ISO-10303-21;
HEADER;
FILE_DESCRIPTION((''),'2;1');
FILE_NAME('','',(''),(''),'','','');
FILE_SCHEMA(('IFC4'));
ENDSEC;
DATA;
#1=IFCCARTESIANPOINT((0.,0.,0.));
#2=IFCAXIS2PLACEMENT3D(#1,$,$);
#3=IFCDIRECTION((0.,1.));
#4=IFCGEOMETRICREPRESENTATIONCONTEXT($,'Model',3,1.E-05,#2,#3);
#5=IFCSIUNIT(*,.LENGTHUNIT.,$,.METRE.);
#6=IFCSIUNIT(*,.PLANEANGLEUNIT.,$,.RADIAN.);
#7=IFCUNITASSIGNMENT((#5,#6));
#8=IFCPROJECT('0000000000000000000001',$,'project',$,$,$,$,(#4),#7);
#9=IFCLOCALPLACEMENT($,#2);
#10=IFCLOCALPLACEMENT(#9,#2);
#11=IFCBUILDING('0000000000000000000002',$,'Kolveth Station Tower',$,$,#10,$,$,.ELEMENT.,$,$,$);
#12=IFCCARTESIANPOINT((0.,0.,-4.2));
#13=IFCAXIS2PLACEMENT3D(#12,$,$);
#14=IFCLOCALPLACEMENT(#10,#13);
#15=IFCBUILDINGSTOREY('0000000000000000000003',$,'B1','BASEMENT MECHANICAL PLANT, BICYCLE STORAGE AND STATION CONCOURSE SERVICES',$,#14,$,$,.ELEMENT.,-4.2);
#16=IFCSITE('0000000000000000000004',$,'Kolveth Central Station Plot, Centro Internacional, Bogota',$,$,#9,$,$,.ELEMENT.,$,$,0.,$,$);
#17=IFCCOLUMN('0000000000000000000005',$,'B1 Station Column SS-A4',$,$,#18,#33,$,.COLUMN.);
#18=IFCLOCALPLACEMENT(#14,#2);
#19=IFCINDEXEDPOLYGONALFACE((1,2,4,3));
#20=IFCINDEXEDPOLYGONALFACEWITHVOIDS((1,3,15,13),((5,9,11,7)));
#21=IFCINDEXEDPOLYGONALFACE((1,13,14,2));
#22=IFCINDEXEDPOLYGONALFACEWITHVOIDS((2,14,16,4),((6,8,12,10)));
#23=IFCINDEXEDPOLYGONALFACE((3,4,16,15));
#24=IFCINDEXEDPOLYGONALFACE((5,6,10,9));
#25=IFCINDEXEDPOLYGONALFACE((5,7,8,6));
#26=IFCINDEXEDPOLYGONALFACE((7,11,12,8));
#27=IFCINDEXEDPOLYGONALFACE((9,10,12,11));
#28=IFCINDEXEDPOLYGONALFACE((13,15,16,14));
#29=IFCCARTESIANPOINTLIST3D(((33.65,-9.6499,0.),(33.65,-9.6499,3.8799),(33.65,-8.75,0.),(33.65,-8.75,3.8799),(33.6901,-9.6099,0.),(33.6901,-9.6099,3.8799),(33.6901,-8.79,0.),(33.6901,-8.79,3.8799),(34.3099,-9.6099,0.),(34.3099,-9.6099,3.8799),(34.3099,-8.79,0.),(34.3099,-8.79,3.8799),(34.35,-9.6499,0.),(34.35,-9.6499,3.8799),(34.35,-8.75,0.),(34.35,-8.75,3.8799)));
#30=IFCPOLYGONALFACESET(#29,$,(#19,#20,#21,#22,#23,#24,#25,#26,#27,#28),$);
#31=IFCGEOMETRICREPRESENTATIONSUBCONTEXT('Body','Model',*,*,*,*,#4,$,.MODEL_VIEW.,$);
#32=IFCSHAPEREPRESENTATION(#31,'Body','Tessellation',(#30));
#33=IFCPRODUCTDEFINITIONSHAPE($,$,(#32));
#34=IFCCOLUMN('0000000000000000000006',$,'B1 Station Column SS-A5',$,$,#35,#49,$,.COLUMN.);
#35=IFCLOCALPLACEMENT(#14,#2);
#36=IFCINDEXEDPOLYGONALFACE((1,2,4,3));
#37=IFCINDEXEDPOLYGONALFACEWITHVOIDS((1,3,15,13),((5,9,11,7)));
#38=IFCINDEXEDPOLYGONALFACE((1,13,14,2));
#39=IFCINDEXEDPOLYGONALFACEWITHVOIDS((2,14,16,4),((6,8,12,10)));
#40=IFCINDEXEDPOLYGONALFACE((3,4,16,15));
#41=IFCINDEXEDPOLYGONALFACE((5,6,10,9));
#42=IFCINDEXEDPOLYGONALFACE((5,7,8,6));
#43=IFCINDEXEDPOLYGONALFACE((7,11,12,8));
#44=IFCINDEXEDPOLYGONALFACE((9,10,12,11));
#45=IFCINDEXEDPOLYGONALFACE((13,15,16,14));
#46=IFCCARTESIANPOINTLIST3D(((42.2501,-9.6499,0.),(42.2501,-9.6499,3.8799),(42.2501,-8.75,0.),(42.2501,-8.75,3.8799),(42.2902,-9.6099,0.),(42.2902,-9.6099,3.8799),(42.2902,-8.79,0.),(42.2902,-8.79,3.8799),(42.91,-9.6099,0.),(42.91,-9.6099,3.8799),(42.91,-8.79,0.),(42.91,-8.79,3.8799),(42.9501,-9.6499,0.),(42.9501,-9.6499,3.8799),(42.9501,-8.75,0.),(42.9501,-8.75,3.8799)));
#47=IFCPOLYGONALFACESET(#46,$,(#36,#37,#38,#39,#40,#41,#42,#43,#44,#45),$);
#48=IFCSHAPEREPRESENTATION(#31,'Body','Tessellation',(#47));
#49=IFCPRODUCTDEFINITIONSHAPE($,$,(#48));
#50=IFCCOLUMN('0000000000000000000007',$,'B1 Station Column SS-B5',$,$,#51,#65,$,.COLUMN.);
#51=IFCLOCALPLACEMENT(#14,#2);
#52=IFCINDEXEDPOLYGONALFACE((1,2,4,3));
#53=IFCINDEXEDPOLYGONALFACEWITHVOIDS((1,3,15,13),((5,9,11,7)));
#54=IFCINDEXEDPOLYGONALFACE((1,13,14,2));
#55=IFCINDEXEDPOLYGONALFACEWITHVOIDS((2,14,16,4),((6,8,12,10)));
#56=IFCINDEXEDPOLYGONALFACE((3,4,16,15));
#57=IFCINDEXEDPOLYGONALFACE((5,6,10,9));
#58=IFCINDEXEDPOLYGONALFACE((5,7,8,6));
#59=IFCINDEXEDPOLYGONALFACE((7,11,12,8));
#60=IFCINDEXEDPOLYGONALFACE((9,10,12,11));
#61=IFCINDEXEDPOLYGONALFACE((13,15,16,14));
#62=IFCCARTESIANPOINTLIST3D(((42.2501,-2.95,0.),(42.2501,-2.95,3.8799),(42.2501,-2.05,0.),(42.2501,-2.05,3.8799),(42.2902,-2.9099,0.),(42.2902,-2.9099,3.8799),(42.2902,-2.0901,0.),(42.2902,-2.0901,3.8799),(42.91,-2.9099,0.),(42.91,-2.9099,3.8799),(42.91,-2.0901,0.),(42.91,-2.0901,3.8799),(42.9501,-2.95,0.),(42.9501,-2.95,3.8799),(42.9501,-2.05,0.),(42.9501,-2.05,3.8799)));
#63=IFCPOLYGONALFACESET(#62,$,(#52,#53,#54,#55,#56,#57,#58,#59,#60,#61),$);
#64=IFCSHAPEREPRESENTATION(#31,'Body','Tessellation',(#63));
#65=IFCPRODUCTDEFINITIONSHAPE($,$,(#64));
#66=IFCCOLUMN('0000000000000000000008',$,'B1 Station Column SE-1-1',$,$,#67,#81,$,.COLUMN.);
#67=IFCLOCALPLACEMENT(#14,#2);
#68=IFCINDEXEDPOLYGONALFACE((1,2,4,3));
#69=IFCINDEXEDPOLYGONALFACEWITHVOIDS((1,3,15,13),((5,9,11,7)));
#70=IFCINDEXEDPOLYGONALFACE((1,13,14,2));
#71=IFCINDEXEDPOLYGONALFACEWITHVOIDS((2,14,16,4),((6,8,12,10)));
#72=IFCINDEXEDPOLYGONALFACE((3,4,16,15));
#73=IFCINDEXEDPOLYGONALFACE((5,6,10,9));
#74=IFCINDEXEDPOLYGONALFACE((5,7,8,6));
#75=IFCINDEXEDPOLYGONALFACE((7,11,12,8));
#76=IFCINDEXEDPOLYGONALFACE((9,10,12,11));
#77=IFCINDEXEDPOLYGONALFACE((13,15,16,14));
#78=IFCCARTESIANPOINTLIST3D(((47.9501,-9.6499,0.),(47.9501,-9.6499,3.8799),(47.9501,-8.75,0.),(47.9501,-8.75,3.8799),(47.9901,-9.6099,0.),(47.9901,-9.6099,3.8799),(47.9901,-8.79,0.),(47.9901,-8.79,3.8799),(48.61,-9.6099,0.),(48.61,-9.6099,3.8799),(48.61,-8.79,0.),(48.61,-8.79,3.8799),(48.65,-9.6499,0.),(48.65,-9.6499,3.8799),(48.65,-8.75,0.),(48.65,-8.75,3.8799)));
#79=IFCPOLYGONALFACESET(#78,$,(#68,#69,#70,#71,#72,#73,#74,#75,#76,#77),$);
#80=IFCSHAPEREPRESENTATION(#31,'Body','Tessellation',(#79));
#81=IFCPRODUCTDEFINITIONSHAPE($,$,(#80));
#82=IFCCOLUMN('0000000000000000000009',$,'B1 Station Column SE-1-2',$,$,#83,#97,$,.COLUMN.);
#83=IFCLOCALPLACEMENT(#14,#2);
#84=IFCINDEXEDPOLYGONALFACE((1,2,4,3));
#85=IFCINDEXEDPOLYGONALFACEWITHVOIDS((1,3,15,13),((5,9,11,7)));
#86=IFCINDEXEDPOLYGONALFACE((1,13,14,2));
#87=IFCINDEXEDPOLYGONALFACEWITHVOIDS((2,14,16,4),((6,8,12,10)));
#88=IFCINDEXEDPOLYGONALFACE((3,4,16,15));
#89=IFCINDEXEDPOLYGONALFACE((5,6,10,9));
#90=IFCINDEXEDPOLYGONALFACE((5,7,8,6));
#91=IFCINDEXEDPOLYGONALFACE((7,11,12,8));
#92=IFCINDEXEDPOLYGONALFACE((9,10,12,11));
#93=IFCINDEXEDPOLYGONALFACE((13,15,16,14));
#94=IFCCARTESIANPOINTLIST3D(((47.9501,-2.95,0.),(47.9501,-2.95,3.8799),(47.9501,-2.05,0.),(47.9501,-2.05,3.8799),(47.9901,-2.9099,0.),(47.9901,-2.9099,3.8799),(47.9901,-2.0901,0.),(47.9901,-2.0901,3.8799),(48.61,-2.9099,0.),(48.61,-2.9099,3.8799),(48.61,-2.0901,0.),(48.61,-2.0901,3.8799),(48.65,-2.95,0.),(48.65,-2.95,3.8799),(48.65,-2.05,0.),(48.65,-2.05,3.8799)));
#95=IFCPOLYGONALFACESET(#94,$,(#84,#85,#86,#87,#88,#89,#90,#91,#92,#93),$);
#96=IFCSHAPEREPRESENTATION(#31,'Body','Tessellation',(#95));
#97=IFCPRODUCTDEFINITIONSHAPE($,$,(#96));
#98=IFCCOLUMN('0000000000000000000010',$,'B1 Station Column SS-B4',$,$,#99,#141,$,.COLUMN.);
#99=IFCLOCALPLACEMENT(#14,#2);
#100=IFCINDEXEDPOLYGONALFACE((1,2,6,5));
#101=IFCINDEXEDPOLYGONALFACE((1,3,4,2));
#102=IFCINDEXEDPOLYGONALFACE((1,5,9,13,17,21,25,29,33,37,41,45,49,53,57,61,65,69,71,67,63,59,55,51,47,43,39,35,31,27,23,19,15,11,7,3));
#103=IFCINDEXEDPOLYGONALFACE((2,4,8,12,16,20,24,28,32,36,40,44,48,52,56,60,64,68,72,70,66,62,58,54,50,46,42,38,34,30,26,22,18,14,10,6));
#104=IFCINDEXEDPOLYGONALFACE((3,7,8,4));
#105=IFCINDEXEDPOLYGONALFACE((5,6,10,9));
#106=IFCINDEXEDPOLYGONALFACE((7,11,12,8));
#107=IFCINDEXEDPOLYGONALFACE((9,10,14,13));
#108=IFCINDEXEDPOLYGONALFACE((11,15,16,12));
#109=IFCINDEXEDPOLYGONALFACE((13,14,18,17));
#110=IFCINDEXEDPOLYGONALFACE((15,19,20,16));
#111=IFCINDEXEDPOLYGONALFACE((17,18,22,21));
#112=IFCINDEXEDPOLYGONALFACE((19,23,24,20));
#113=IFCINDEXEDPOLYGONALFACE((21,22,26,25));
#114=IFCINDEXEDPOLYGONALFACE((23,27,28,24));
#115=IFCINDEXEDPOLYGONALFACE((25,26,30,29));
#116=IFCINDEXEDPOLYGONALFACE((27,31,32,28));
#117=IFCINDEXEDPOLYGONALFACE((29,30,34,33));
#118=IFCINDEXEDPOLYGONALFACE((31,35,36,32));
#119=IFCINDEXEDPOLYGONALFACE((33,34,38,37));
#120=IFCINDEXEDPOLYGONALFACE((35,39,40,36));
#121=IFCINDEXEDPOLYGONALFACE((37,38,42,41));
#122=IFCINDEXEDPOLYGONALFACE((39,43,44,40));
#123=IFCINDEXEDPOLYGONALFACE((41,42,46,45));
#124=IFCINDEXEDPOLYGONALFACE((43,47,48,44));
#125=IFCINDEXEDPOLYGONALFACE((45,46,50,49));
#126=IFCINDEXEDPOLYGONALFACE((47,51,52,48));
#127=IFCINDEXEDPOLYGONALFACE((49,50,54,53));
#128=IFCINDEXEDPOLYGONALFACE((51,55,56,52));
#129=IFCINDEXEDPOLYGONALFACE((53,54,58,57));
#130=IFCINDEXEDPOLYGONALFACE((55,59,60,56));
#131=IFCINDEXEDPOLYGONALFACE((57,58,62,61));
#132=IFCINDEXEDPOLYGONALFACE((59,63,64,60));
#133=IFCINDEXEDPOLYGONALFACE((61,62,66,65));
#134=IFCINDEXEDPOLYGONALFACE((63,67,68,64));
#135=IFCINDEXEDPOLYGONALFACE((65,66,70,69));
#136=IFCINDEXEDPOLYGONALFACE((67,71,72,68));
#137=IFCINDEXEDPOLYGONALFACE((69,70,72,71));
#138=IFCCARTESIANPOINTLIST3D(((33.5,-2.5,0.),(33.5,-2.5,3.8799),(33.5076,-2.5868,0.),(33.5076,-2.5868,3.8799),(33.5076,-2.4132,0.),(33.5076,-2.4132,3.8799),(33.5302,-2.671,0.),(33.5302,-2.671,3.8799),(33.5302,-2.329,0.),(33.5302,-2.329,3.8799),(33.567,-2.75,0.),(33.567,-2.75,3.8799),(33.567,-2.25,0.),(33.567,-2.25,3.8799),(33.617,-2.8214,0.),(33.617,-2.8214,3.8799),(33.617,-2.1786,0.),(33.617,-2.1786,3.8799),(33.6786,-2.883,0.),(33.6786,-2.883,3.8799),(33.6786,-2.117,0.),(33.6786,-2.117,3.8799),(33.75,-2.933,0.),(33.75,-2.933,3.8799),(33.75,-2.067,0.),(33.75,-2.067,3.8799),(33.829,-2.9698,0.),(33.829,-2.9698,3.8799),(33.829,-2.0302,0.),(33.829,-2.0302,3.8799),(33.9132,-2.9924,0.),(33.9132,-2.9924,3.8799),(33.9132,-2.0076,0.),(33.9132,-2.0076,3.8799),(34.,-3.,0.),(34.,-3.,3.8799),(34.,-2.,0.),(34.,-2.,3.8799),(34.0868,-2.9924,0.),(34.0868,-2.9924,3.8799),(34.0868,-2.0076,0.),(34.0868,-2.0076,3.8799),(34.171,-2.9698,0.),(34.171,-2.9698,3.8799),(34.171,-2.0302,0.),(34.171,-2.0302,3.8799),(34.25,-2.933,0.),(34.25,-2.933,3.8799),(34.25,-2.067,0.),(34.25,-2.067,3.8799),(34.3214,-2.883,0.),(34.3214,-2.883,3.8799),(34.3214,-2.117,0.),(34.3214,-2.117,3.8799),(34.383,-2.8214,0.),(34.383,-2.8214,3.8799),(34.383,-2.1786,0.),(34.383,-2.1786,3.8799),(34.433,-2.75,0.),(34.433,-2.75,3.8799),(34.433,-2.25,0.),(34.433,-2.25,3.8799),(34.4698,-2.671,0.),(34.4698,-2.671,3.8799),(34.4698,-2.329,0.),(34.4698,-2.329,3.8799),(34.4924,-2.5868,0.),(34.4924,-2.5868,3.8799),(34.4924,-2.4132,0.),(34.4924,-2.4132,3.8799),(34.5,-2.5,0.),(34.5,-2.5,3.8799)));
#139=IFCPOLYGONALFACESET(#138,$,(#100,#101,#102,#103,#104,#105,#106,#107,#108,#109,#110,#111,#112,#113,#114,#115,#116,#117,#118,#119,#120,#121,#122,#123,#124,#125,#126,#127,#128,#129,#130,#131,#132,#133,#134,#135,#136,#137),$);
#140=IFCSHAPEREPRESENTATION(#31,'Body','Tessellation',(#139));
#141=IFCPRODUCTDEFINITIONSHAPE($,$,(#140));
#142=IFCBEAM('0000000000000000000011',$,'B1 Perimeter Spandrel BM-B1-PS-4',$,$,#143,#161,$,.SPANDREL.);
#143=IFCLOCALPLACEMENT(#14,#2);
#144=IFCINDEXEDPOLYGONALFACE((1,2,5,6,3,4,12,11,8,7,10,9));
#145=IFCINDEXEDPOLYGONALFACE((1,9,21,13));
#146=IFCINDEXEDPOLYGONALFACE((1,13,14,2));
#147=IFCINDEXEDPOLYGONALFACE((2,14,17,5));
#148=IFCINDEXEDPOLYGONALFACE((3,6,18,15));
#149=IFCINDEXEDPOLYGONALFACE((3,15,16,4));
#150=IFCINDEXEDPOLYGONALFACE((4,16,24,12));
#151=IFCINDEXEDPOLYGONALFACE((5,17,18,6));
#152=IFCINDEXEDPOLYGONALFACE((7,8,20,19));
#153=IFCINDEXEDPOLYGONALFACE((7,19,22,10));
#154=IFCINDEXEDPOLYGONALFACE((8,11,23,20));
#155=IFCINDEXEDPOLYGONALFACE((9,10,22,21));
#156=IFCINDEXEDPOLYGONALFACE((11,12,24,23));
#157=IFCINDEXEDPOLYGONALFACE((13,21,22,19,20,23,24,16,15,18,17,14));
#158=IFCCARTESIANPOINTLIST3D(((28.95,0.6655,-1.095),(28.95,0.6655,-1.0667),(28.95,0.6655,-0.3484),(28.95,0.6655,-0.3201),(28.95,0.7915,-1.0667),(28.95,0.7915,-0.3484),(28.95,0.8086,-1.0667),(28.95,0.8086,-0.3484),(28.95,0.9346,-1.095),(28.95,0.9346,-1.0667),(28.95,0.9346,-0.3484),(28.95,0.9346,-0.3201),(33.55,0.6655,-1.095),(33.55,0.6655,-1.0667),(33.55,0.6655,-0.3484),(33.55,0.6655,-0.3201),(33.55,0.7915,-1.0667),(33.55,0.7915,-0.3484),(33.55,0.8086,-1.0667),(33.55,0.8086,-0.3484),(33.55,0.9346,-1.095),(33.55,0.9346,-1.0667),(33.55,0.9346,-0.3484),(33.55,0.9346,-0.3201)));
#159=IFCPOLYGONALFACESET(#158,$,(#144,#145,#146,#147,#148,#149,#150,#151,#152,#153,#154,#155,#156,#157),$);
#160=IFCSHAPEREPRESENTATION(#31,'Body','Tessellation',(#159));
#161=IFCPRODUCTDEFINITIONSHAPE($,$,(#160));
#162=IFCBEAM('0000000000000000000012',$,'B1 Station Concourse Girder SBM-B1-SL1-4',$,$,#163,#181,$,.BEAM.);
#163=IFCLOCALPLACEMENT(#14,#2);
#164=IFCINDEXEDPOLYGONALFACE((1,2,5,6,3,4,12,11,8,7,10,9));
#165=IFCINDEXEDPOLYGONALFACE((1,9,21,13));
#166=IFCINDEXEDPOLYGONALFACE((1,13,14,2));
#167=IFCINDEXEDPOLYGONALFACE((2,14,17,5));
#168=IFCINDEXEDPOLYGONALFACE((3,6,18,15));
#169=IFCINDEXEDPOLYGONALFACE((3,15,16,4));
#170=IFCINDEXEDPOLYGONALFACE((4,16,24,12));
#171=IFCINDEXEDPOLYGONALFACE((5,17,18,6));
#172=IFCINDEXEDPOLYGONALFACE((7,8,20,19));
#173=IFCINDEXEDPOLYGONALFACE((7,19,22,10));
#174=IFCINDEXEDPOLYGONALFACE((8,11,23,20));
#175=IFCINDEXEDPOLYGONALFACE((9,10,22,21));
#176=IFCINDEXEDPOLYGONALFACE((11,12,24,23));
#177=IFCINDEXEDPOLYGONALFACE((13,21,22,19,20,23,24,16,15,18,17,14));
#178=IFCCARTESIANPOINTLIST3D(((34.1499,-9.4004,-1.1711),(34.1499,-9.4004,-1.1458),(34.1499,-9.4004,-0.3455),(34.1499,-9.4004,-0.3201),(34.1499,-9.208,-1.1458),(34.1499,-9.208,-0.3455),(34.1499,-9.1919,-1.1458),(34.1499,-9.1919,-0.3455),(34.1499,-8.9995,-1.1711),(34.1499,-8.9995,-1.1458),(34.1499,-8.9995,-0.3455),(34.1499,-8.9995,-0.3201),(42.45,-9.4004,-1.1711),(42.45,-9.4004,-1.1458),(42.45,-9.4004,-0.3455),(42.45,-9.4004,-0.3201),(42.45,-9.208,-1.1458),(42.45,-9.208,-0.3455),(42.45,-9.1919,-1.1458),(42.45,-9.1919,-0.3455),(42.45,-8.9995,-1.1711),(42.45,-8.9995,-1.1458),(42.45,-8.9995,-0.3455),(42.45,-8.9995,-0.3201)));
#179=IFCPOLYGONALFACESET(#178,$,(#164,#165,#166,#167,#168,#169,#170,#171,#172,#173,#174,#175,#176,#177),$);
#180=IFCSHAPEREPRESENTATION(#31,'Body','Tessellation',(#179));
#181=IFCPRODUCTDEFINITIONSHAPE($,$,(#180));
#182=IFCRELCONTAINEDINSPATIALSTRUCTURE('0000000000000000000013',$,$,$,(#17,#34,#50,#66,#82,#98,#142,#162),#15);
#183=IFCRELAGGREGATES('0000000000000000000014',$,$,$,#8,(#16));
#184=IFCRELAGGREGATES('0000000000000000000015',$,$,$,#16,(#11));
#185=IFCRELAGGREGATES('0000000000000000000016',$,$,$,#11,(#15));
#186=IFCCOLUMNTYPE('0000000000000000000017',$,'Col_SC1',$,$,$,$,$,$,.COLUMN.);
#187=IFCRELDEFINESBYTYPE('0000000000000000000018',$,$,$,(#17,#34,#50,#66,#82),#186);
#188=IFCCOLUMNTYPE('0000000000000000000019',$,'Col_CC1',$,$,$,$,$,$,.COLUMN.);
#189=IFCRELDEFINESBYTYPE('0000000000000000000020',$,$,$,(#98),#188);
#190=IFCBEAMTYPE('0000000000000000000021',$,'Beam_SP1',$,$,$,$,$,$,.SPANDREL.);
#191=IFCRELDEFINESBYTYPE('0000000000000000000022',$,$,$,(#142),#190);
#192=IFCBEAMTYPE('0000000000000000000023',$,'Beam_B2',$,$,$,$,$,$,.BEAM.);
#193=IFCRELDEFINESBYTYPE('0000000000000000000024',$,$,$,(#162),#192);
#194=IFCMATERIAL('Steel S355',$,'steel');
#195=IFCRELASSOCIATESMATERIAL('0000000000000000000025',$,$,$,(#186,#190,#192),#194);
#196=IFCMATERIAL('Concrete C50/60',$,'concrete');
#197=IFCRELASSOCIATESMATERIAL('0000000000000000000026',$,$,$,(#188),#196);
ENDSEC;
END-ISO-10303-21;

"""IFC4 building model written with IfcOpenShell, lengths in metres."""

from ifc_helpers import new_model, si_unit, direction, frame, origin, origin_2d, place, context, subcontext, project, spatial, hollow_rectangle, circle, i_section, extrude, source, transform, mapped, material, material_profile, profile_set, type_object, element, save


model = new_model("IFC4")

# Units and contexts
model_context = context("Model", 3, precision=1e-05, world=origin(), true_north=direction((0.0, 1.0)))
body_context = subcontext(model_context, "Body", "Model", "MODEL_VIEW")
ifc_project = project(units=[si_unit("LENGTHUNIT", "METRE"), si_unit("PLANEANGLEUNIT", "RADIAN")], contexts=[model_context])

# Site, building, storey
site_placement = place(None, origin())
site = spatial("IfcSite", under=ifc_project, at=site_placement, Name="Kolveth Central Station Plot, Centro Internacional, Bogota", CompositionType="ELEMENT", RefElevation=0.0)
building_placement = place(site_placement, origin())
building = spatial("IfcBuilding", under=site, at=building_placement, Name="Kolveth Station Tower", CompositionType="ELEMENT")
storey_placement = place(building_placement, frame((0.0, 0.0, -4.2)))
storey = spatial("IfcBuildingStorey", under=building, at=storey_placement, Name="B1", Description="BASEMENT MECHANICAL PLANT, BICYCLE STORAGE AND STATION CONCOURSE SERVICES", CompositionType="ELEMENT", Elevation=-4.2)

# Columns
ifc_material_1 = material(Name="Steel S355", Category="steel")
ifc_material_profile_1 = material_profile(ifc_material_1, hollow_rectangle(XDim=0.7, YDim=0.8999, WallThickness=0.04, at=origin_2d()), Name="BOX900x700x40")
ifc_profile_set_1 = profile_set([ifc_material_profile_1], Name="Steel S355")
column_type_1 = type_object("IfcColumnType", Name="Col_SC1", PredefinedType="COLUMN", material=ifc_profile_set_1)
shared_shape_1 = source(origin(), body_context, "Body", "SweptSolid", [
    extrude(hollow_rectangle(XDim=0.7, YDim=0.8999, WallThickness=0.04, at=origin_2d()), origin(), (0.0, 0.0, 1.0), 3.8799),
])
for number, where, z_axis, x_axis, name in (
    (1, (34.0, -9.2, 0.0), (0.0, 0.0, 1.0), (1.0, 0.0, 0.0), "B1 Station Column SS-A4"),
    (2, (42.6001, -9.2, 0.0), (0.0, 0.0, 1.0), (1.0, 0.0, 0.0), "B1 Station Column SS-A5"),
    (3, (42.6001, -2.5, 0.0), (0.0, 0.0, 1.0), (1.0, 0.0, 0.0), "B1 Station Column SS-B5"),
    (4, (48.3, -9.2, 0.0), (0.0, 0.0, 1.0), (1.0, 0.0, 0.0), "B1 Station Column SE-1-1"),
    (5, (48.3, -2.5, 0.0), (0.0, 0.0, 1.0), (1.0, 0.0, 0.0), "B1 Station Column SE-1-2"),
):
    element("IfcColumn", number, at=place(storey_placement, frame(where, z_axis=z_axis, x_axis=x_axis)), inside=storey, type_object=column_type_1, Name=name, PredefinedType="COLUMN", context=body_context, shape_type="MappedRepresentation", body=[
        mapped(shared_shape_1, transform((0.0, 0.0, 0.0), x_axis=(1.0, 0.0, 0.0), y_axis=(0.0, 1.0, 0.0), z_axis=(0.0, 0.0, 1.0), scale=1.0)),
    ])
ifc_material_2 = material(Name="Concrete C50/60", Category="concrete")
ifc_material_profile_2 = material_profile(ifc_material_2, circle(Radius=0.5, at=origin_2d()), Name="RC-D1000")
ifc_profile_set_2 = profile_set([ifc_material_profile_2], Name="Concrete C50/60")
column_type_2 = type_object("IfcColumnType", Name="Col_CC1", PredefinedType="COLUMN", material=ifc_profile_set_2)
shared_shape_2 = source(origin(), body_context, "Body", "SweptSolid", [
    extrude(circle(Radius=0.5, at=origin_2d()), origin(), (0.0, 0.0, 1.0), 3.8799),
])
column_placement = place(storey_placement, frame((34.0, -2.5, 0.0), z_axis=(0.0, 0.0, 1.0), x_axis=(1.0, 0.0, 0.0)))
element("IfcColumn", 6, at=column_placement, inside=storey, type_object=column_type_2, Name="B1 Station Column SS-B4", PredefinedType="COLUMN", context=body_context, shape_type="MappedRepresentation", body=[
    mapped(shared_shape_2, transform((0.0, 0.0, 0.0), x_axis=(1.0, 0.0, 0.0), y_axis=(0.0, 1.0, 0.0), z_axis=(0.0, 0.0, 1.0), scale=1.0)),
])

# Beams
ifc_material_profile_3 = material_profile(ifc_material_1, i_section(OverallWidth=0.269, OverallDepth=0.7749, WebThickness=0.0171, FlangeThickness=0.0283, at=origin_2d()), Name="W760x220")
ifc_profile_set_3 = profile_set([ifc_material_profile_3], Name="Steel S355")
beam_type_1 = type_object("IfcBeamType", Name="Beam_SP1", PredefinedType="SPANDREL", material=ifc_profile_set_3)
shared_shape_3 = source(origin(), body_context, "Body", "SweptSolid", [
    extrude(i_section(OverallWidth=0.269, OverallDepth=0.7749, WebThickness=0.0171, FlangeThickness=0.0283, at=origin_2d()), origin(), (0.0, 0.0, 1.0), 4.6001),
])
beam_1_placement = place(storey_placement, frame((28.95, 0.8, -0.7075), z_axis=(1.0, 0.0, 0.0), x_axis=(0.0, 1.0, 0.0)))
element("IfcBeam", 7, at=beam_1_placement, inside=storey, type_object=beam_type_1, Name="B1 Perimeter Spandrel BM-B1-PS-4", PredefinedType="SPANDREL", context=body_context, shape_type="MappedRepresentation", body=[
    mapped(shared_shape_3, transform((0.0, 0.0, 0.0), x_axis=(1.0, 0.0, 0.0), y_axis=(0.0, 1.0, 0.0), z_axis=(0.0, 0.0, 1.0), scale=1.0)),
])
ifc_material_profile_4 = material_profile(ifc_material_1, i_section(OverallWidth=0.4009, OverallDepth=0.8511, WebThickness=0.0161, FlangeThickness=0.0254, at=origin_2d()), Name="W840x226")
ifc_profile_set_4 = profile_set([ifc_material_profile_4], Name="Steel S355")
beam_type_2 = type_object("IfcBeamType", Name="Beam_B2", PredefinedType="BEAM", material=ifc_profile_set_4)
shared_shape_4 = source(origin(), body_context, "Body", "SweptSolid", [
    extrude(i_section(OverallWidth=0.4009, OverallDepth=0.8511, WebThickness=0.0161, FlangeThickness=0.0254, at=origin_2d()), origin(), (0.0, 0.0, 1.0), 8.3),
])
for number, where, z_axis, x_axis, name in (
    (8, (34.1499, -9.2, -0.7456), (1.0, 0.0, 0.0), (0.0, 1.0, 0.0), "B1 Station Concourse Girder SBM-B1-SL1-4"),
):
    element("IfcBeam", number, at=place(storey_placement, frame(where, z_axis=z_axis, x_axis=x_axis)), inside=storey, type_object=beam_type_2, Name=name, PredefinedType="BEAM", context=body_context, shape_type="MappedRepresentation", body=[
        mapped(shared_shape_4, transform((0.0, 0.0, 0.0), x_axis=(1.0, 0.0, 0.0), y_axis=(0.0, 1.0, 0.0), z_axis=(0.0, 0.0, 1.0), scale=1.0)),
    ])

save(model, "model.ifc")
